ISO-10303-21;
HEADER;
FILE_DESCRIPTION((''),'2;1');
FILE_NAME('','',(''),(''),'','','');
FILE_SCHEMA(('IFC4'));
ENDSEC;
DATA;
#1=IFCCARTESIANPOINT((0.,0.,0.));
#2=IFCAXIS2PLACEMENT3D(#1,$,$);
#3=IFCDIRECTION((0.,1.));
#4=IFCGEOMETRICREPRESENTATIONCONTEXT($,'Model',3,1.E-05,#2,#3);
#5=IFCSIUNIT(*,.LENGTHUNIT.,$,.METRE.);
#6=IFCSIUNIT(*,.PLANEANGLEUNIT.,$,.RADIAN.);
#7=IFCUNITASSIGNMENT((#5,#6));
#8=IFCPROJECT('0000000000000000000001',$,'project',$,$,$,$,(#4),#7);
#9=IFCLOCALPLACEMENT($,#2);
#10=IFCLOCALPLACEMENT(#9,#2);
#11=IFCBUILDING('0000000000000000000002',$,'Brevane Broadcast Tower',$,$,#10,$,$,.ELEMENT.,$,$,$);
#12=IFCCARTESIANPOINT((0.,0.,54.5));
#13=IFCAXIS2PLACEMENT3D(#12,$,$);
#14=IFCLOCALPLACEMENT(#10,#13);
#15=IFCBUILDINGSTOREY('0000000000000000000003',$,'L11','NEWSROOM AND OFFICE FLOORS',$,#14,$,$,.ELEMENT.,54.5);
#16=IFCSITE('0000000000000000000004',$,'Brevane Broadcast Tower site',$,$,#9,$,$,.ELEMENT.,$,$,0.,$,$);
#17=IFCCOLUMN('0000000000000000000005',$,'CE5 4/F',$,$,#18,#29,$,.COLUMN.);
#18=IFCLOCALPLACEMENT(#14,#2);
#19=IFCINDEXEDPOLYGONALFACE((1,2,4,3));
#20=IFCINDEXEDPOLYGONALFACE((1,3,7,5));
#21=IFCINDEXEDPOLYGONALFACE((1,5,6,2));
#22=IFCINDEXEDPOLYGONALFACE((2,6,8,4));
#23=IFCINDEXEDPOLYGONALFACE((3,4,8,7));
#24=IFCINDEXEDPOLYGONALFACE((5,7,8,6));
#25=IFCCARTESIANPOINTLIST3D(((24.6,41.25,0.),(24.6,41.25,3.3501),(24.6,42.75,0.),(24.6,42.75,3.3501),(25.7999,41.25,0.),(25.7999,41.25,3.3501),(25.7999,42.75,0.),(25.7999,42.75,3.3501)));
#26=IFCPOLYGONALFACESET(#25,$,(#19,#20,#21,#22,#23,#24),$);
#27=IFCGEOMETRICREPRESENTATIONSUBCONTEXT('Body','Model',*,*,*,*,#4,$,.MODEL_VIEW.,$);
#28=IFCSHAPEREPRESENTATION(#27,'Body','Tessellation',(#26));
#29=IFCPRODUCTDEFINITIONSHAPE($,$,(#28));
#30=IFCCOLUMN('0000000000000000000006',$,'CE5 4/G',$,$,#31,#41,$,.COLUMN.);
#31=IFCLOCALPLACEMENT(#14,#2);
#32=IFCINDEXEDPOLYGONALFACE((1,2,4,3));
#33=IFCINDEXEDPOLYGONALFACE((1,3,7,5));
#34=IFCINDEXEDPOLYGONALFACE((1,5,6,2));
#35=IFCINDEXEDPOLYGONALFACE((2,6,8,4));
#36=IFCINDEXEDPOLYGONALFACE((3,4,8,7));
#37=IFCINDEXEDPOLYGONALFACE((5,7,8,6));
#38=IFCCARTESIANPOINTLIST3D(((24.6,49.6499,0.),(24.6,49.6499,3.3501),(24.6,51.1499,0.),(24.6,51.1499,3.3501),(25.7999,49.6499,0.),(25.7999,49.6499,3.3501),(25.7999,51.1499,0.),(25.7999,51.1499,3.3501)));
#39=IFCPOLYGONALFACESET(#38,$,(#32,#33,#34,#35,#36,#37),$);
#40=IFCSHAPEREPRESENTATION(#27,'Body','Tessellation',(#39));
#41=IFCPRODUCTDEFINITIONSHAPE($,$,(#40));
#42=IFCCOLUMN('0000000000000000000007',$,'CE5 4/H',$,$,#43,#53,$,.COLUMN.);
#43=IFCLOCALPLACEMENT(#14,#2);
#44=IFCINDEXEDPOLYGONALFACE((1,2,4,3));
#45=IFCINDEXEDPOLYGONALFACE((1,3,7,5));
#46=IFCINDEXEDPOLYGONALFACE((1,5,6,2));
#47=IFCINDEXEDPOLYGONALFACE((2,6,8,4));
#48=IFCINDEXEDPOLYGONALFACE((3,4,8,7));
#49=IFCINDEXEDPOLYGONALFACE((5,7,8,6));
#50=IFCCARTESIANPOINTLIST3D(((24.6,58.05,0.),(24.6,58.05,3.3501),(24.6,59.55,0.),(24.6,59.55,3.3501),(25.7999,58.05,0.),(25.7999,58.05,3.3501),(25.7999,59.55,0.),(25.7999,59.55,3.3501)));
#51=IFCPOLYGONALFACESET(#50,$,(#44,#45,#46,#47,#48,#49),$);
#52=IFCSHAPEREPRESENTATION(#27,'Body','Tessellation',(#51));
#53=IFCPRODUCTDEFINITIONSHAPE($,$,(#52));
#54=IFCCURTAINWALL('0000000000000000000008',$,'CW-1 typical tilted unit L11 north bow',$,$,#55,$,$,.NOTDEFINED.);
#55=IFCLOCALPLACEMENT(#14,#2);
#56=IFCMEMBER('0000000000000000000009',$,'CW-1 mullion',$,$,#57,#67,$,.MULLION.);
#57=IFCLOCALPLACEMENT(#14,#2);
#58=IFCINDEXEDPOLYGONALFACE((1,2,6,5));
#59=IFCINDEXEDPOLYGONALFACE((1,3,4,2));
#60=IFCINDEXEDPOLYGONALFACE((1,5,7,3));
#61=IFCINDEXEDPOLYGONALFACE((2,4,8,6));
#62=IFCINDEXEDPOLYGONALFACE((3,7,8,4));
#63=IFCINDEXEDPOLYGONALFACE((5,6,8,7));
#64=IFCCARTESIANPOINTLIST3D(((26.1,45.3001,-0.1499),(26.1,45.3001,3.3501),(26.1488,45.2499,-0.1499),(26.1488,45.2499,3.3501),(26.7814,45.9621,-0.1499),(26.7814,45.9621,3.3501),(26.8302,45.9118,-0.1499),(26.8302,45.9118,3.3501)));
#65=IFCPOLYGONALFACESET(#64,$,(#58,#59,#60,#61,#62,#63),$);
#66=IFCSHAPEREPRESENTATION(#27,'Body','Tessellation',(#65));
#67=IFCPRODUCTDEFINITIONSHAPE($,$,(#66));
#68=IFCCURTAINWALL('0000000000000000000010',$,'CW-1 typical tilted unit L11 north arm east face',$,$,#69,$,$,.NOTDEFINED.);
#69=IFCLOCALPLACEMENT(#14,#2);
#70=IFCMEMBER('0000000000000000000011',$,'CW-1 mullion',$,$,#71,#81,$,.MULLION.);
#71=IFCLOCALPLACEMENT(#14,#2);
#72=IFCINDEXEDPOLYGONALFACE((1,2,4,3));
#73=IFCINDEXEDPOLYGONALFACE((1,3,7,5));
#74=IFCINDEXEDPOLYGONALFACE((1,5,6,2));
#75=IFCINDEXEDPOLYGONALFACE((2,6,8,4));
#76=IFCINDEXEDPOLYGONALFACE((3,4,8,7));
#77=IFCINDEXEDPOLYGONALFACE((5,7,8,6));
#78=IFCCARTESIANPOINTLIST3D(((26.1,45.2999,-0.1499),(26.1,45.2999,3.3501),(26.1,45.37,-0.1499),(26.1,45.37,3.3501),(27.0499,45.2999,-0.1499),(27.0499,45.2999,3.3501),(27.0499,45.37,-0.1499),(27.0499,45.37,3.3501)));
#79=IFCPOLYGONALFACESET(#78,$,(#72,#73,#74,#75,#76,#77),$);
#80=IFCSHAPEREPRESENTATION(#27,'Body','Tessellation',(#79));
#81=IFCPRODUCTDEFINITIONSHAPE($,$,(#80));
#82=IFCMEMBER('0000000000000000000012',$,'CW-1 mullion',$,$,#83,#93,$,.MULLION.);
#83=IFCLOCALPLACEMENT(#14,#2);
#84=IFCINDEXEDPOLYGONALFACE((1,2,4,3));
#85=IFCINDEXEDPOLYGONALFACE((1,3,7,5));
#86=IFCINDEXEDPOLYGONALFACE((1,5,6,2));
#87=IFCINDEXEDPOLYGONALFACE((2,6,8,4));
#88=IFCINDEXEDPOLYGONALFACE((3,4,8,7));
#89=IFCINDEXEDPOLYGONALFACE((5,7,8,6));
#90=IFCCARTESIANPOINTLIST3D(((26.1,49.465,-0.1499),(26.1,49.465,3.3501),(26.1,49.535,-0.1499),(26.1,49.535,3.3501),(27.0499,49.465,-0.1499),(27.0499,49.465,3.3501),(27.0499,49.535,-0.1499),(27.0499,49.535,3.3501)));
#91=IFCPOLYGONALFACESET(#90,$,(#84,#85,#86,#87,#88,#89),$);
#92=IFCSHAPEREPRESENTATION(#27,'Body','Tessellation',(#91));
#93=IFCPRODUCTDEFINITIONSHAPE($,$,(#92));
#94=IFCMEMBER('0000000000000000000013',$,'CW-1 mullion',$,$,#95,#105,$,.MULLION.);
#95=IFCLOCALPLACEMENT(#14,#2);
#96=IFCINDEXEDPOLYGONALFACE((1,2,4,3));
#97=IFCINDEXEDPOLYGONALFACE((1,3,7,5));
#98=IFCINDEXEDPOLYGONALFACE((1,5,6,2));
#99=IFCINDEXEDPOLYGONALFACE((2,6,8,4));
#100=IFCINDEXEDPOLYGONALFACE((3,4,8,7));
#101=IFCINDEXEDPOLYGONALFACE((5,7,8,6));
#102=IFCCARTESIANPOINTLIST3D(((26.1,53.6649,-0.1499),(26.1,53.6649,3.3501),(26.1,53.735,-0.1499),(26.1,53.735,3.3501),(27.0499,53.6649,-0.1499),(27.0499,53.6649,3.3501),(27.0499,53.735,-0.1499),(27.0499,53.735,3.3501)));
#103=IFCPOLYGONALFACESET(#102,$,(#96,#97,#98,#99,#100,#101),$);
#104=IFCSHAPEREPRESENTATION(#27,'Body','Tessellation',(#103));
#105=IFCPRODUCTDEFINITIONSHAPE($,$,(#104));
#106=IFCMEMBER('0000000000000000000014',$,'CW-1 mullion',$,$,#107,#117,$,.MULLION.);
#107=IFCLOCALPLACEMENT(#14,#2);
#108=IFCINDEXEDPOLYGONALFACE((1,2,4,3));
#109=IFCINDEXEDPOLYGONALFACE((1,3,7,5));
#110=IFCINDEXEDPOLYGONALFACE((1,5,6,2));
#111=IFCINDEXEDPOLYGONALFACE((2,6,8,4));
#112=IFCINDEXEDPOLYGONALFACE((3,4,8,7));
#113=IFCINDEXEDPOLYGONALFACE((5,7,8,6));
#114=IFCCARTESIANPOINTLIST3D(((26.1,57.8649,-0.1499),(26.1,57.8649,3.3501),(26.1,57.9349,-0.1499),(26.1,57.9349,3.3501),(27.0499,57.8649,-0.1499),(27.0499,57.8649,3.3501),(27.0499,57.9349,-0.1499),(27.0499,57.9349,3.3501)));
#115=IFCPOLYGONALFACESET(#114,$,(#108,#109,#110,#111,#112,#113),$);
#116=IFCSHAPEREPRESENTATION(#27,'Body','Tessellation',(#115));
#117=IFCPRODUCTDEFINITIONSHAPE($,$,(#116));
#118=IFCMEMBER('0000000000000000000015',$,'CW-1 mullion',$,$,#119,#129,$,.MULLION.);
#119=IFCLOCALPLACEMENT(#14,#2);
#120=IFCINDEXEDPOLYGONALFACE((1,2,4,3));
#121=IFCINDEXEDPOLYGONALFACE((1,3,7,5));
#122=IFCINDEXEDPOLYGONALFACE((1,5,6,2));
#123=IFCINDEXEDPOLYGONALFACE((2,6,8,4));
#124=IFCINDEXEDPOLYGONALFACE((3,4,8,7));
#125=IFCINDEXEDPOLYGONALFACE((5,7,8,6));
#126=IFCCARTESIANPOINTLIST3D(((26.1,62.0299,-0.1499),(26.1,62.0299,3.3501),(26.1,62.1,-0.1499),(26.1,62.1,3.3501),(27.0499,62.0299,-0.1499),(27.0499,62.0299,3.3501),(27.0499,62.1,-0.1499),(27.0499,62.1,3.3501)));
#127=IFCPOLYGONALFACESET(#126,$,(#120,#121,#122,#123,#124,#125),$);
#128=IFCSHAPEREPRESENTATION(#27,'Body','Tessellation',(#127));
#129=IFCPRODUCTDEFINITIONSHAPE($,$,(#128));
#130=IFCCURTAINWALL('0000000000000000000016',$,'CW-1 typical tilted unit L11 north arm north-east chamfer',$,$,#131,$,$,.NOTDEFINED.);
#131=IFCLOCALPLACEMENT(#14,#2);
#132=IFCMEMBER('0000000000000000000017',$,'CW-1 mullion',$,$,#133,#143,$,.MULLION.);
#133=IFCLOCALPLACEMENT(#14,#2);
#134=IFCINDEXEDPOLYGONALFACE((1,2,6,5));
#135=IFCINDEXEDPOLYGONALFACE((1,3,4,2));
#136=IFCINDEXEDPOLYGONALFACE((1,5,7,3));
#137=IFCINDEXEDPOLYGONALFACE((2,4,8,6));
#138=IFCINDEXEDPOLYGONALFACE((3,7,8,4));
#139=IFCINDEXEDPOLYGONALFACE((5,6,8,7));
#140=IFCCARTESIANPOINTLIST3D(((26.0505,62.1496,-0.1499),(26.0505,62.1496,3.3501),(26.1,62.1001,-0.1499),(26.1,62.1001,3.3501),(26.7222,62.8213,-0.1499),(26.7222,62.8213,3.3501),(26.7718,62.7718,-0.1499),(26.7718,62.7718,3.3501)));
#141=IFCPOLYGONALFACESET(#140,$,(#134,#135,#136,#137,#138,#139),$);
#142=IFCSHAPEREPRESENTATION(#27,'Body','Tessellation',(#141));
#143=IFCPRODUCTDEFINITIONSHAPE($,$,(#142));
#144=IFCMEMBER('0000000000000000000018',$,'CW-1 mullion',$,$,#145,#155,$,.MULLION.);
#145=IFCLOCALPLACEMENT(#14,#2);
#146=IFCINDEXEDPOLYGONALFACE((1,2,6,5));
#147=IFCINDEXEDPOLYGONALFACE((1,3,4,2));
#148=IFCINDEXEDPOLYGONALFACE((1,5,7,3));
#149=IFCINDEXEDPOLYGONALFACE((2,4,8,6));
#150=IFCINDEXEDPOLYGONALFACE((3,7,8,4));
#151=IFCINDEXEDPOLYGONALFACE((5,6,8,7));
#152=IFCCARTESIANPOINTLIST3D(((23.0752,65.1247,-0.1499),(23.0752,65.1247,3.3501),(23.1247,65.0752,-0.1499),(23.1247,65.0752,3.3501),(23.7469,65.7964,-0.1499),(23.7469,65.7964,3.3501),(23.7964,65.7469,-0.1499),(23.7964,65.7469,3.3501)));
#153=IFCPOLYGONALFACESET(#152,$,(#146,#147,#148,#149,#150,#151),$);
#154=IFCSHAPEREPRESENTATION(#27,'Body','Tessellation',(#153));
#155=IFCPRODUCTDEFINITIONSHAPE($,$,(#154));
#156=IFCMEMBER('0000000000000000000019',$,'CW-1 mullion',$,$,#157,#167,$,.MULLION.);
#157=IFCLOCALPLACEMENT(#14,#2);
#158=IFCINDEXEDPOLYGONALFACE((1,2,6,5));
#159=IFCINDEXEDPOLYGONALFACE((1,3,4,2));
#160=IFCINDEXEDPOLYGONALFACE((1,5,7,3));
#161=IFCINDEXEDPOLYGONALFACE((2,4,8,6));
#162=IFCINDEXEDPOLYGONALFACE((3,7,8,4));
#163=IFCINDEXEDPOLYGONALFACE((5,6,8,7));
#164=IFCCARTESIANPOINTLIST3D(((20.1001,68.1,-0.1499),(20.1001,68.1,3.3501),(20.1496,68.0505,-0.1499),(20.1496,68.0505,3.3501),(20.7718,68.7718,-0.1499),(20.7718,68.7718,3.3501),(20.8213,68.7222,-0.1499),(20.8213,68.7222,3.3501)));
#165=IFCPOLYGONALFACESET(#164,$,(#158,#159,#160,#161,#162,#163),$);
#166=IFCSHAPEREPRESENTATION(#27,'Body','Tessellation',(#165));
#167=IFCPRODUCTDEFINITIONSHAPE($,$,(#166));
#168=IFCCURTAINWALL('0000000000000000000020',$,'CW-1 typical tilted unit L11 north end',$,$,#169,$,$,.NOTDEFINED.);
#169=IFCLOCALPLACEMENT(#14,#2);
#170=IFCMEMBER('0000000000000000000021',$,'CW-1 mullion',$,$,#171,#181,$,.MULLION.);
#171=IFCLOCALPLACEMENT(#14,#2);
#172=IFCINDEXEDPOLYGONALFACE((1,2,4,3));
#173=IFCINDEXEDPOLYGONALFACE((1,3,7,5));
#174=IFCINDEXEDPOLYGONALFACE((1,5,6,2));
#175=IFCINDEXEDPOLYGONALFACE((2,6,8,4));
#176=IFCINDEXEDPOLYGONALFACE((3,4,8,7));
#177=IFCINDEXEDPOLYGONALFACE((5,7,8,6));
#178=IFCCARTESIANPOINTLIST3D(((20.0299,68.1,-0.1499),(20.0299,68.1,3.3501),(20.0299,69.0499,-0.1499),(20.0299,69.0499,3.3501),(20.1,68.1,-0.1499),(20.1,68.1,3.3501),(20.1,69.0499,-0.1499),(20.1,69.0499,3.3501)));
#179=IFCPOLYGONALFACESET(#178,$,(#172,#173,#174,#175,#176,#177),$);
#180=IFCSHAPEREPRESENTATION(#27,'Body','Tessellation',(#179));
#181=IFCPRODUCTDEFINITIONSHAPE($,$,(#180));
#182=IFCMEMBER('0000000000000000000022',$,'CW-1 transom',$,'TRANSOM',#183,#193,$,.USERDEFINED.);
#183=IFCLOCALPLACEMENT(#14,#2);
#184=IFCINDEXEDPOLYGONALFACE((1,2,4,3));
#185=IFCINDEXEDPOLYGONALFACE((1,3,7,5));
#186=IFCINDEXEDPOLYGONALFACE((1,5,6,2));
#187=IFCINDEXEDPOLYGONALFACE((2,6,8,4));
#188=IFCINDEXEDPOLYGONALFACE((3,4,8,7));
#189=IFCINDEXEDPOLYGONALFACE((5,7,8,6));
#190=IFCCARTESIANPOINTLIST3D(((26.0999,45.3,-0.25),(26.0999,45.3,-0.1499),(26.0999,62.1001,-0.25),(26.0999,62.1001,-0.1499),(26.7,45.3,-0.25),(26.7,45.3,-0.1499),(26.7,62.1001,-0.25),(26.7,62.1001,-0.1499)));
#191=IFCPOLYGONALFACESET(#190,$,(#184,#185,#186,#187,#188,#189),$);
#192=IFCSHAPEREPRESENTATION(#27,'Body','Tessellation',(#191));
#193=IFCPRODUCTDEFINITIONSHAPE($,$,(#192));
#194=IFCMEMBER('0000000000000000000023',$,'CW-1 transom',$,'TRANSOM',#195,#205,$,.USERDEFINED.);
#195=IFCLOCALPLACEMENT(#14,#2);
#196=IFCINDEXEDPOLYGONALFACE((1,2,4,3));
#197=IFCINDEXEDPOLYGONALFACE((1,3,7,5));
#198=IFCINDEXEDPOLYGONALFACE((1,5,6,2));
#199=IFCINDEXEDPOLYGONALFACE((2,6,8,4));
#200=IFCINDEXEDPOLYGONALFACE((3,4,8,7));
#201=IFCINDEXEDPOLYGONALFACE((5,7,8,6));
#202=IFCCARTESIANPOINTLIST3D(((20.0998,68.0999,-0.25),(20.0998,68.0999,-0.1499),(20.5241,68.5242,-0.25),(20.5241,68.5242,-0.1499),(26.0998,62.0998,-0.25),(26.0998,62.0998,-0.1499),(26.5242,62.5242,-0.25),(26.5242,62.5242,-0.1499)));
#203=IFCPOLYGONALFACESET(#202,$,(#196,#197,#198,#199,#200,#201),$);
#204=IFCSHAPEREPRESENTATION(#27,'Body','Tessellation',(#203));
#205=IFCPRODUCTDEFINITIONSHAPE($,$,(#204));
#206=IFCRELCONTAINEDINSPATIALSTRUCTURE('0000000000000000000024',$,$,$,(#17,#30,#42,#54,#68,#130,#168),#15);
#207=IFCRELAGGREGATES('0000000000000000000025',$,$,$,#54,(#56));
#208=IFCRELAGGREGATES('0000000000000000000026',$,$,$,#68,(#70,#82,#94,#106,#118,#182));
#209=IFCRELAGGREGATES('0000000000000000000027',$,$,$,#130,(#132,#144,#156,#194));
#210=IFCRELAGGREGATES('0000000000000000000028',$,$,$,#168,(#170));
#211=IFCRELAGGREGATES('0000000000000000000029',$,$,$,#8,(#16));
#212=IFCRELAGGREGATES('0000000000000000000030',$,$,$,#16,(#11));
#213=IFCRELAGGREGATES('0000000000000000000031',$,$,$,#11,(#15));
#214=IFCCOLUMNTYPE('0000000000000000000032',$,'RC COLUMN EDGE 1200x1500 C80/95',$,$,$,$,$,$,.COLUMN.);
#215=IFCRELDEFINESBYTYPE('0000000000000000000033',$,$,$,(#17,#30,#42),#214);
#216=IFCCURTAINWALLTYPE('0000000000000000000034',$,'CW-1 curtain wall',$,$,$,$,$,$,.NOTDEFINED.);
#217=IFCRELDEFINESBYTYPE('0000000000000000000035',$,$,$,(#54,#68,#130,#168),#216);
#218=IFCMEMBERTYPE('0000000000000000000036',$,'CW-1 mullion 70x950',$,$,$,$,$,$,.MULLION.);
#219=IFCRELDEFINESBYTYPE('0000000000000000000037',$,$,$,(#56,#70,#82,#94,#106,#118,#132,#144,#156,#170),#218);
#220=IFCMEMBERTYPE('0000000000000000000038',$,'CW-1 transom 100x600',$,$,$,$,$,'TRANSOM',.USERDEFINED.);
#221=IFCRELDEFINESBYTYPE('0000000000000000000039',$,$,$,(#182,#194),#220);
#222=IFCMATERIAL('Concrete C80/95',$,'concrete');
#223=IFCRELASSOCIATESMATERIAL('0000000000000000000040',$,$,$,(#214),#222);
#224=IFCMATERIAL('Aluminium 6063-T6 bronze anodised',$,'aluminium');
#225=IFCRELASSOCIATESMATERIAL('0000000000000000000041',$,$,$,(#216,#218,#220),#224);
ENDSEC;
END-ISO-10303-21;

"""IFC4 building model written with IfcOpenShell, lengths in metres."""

from ifc_helpers import new_model, si_unit, direction, frame, origin, origin_2d, place, context, subcontext, project, spatial, rectangle, extrude, material, material_profile, profile_set, type_object, element, aggregate, save


model = new_model("IFC4")

# Units and contexts
model_context = context("Model", 3, precision=1e-05, world=origin(), true_north=direction((0.0, 1.0)))
body_context = subcontext(model_context, "Body", "Model", "MODEL_VIEW")
ifc_project = project(units=[si_unit("LENGTHUNIT", "METRE"), si_unit("PLANEANGLEUNIT", "RADIAN")], contexts=[model_context])

# Site, building, storey
site_placement = place(None, origin())
site = spatial("IfcSite", under=ifc_project, at=site_placement, Name="Brevane Broadcast Tower site", CompositionType="ELEMENT", RefElevation=0.0)
building_placement = place(site_placement, origin())
building = spatial("IfcBuilding", under=site, at=building_placement, Name="Brevane Broadcast Tower", CompositionType="ELEMENT")
storey_placement = place(building_placement, frame((0.0, 0.0, 54.5)))
storey = spatial("IfcBuildingStorey", under=building, at=storey_placement, Name="L11", Description="NEWSROOM AND OFFICE FLOORS", CompositionType="ELEMENT", Elevation=54.5)

# Columns
ifc_material_1 = material(Name="Concrete C80/95", Category="concrete")
ifc_material_profile_1 = material_profile(ifc_material_1, rectangle(XDim=1.2, YDim=1.5, at=origin_2d()), Name="RC 1200x1500")
ifc_profile_set_1 = profile_set([ifc_material_profile_1], Name="Concrete C80/95")
column_type = type_object("IfcColumnType", Name="RC COLUMN EDGE 1200x1500 C80/95", PredefinedType="COLUMN", material=ifc_profile_set_1)
for number, where, z_axis, x_axis, name in (
    (1, (25.2, 42.0, 0.0), (0.0, 0.0, 1.0), (1.0, 0.0, 0.0), "CE5 4/F"),
    (2, (25.2, 50.3999, 0.0), (0.0, 0.0, 1.0), (1.0, 0.0, 0.0), "CE5 4/G"),
    (3, (25.2, 58.8, 0.0), (0.0, 0.0, 1.0), (1.0, 0.0, 0.0), "CE5 4/H"),
):
    element("IfcColumn", number, at=place(storey_placement, frame(where, z_axis=z_axis, x_axis=x_axis)), inside=storey, type_object=column_type, Name=name, PredefinedType="COLUMN", context=body_context, shape_type="SweptSolid", body=[
        extrude(rectangle(XDim=1.2, YDim=1.5, at=origin_2d()), origin(), (0.0, 0.0, 1.0), 3.3501),
    ])

# Curtain wall, member
ifc_material_2 = material(Name="Aluminium 6063-T6 bronze anodised", Category="aluminium")
curtain_wall_type = type_object("IfcCurtainWallType", Name="CW-1 curtain wall", PredefinedType="NOTDEFINED", material=ifc_material_2)
curtain_wall_1_placement = place(storey_placement, origin())
curtain_wall_1 = element("IfcCurtainWall", 4, at=curtain_wall_1_placement, inside=storey, type_object=curtain_wall_type, Name="CW-1 typical tilted unit L11 north bow", PredefinedType="NOTDEFINED")
ifc_material_profile_2 = material_profile(ifc_material_2, rectangle(XDim=0.95, YDim=0.0701, at=origin_2d()), Name="RECT 70x950")
ifc_profile_set_2 = profile_set([ifc_material_profile_2], Name="Aluminium 6063-T6 bronze anodised")
member_type_1 = type_object("IfcMemberType", Name="CW-1 mullion 70x950", PredefinedType="MULLION", material=ifc_profile_set_2)
member_1_placement = place(storey_placement, frame((26.4651, 45.606, -0.1499), z_axis=(0.0, 0.0, 1.0), x_axis=(-0.717254, -0.696812, 0.0)))
member_1 = element("IfcMember", 5, at=member_1_placement, type_object=member_type_1, Name="CW-1 mullion", PredefinedType="MULLION", context=body_context, shape_type="SweptSolid", body=[
    extrude(rectangle(XDim=0.95, YDim=0.0701, at=origin_2d()), origin(), (0.0, 0.0, 1.0), 3.5),
])
aggregate(curtain_wall_1, [member_1])

# Curtain walls, members
curtain_wall_2_placement = place(storey_placement, origin())
curtain_wall_2 = element("IfcCurtainWall", 6, at=curtain_wall_2_placement, inside=storey, type_object=curtain_wall_type, Name="CW-1 typical tilted unit L11 north arm east face", PredefinedType="NOTDEFINED")
member_2_placement = place(storey_placement, frame((26.575, 45.335, -0.1499), z_axis=(0.0, 0.0, 1.0), x_axis=(-1.0, 0.0, 0.0)))
member_2 = element("IfcMember", 7, at=member_2_placement, type_object=member_type_1, Name="CW-1 mullion", PredefinedType="MULLION", context=body_context, shape_type="SweptSolid", body=[
    extrude(rectangle(XDim=0.95, YDim=0.0701, at=origin_2d()), origin(), (0.0, 0.0, 1.0), 3.5),
])
member_3_placement = place(storey_placement, frame((26.575, 49.5, -0.1499), z_axis=(0.0, 0.0, 1.0), x_axis=(-1.0, 0.0, 0.0)))
member_3 = element("IfcMember", 8, at=member_3_placement, type_object=member_type_1, Name="CW-1 mullion", PredefinedType="MULLION", context=body_context, shape_type="SweptSolid", body=[
    extrude(rectangle(XDim=0.95, YDim=0.0701, at=origin_2d()), origin(), (0.0, 0.0, 1.0), 3.5),
])
member_4_placement = place(storey_placement, frame((26.575, 53.7, -0.1499), z_axis=(0.0, 0.0, 1.0), x_axis=(-1.0, 0.0, 0.0)))
member_4 = element("IfcMember", 9, at=member_4_placement, type_object=member_type_1, Name="CW-1 mullion", PredefinedType="MULLION", context=body_context, shape_type="SweptSolid", body=[
    extrude(rectangle(XDim=0.95, YDim=0.0701, at=origin_2d()), origin(), (0.0, 0.0, 1.0), 3.5),
])
member_5_placement = place(storey_placement, frame((26.575, 57.8999, -0.1499), z_axis=(0.0, 0.0, 1.0), x_axis=(-1.0, 0.0, 0.0)))
member_5 = element("IfcMember", 10, at=member_5_placement, type_object=member_type_1, Name="CW-1 mullion", PredefinedType="MULLION", context=body_context, shape_type="SweptSolid", body=[
    extrude(rectangle(XDim=0.95, YDim=0.0701, at=origin_2d()), origin(), (0.0, 0.0, 1.0), 3.5),
])
member_6_placement = place(storey_placement, frame((26.575, 62.0649, -0.1499), z_axis=(0.0, 0.0, 1.0), x_axis=(-1.0, 0.0, 0.0)))
member_6 = element("IfcMember", 11, at=member_6_placement, type_object=member_type_1, Name="CW-1 mullion", PredefinedType="MULLION", context=body_context, shape_type="SweptSolid", body=[
    extrude(rectangle(XDim=0.95, YDim=0.0701, at=origin_2d()), origin(), (0.0, 0.0, 1.0), 3.5),
])
curtain_wall_3_placement = place(storey_placement, origin())
curtain_wall_3 = element("IfcCurtainWall", 12, at=curtain_wall_3_placement, inside=storey, type_object=curtain_wall_type, Name="CW-1 typical tilted unit L11 north arm north-east chamfer", PredefinedType="NOTDEFINED")
member_7_placement = place(storey_placement, frame((26.4111, 62.4607, -0.1499), z_axis=(0.0, 0.0, 1.0), x_axis=(-0.707107, -0.707107, 0.0)))
member_7 = element("IfcMember", 13, at=member_7_placement, type_object=member_type_1, Name="CW-1 mullion", PredefinedType="MULLION", context=body_context, shape_type="SweptSolid", body=[
    extrude(rectangle(XDim=0.95, YDim=0.0701, at=origin_2d()), origin(), (0.0, 0.0, 1.0), 3.5),
])
member_8_placement = place(storey_placement, frame((23.4358, 65.4358, -0.1499), z_axis=(0.0, 0.0, 1.0), x_axis=(-0.707107, -0.707107, 0.0)))
member_8 = element("IfcMember", 14, at=member_8_placement, type_object=member_type_1, Name="CW-1 mullion", PredefinedType="MULLION", context=body_context, shape_type="SweptSolid", body=[
    extrude(rectangle(XDim=0.95, YDim=0.0701, at=origin_2d()), origin(), (0.0, 0.0, 1.0), 3.5),
])
member_9_placement = place(storey_placement, frame((20.4607, 68.4111, -0.1499), z_axis=(0.0, 0.0, 1.0), x_axis=(-0.707107, -0.707107, 0.0)))
member_9 = element("IfcMember", 15, at=member_9_placement, type_object=member_type_1, Name="CW-1 mullion", PredefinedType="MULLION", context=body_context, shape_type="SweptSolid", body=[
    extrude(rectangle(XDim=0.95, YDim=0.0701, at=origin_2d()), origin(), (0.0, 0.0, 1.0), 3.5),
])

# Curtain wall, member
curtain_wall_4_placement = place(storey_placement, origin())
curtain_wall_4 = element("IfcCurtainWall", 16, at=curtain_wall_4_placement, inside=storey, type_object=curtain_wall_type, Name="CW-1 typical tilted unit L11 north end", PredefinedType="NOTDEFINED")
member_10_placement = place(storey_placement, frame((20.0649, 68.575, -0.1499), z_axis=(0.0, 0.0, 1.0), x_axis=(0.0, -1.0, 0.0)))
member_10 = element("IfcMember", 17, at=member_10_placement, type_object=member_type_1, Name="CW-1 mullion", PredefinedType="MULLION", context=body_context, shape_type="SweptSolid", body=[
    extrude(rectangle(XDim=0.95, YDim=0.0701, at=origin_2d()), origin(), (0.0, 0.0, 1.0), 3.5),
])

# Members
ifc_material_profile_3 = material_profile(ifc_material_2, rectangle(XDim=0.6001, YDim=0.1001, at=origin_2d()), Name="RECT 100x600")
ifc_profile_set_3 = profile_set([ifc_material_profile_3], Name="Aluminium 6063-T6 bronze anodised")
member_type_2 = type_object("IfcMemberType", Name="CW-1 transom 100x600", ElementType="TRANSOM", PredefinedType="USERDEFINED", material=ifc_profile_set_3)
member_11_placement = place(storey_placement, frame((26.3999, 45.3, -0.2), z_axis=(0.0, 1.0, 0.0), x_axis=(-1.0, 0.0, 0.0)))
member_11 = element("IfcMember", 18, at=member_11_placement, type_object=member_type_2, Name="CW-1 transom", ObjectType="TRANSOM", PredefinedType="USERDEFINED", context=body_context, shape_type="SweptSolid", body=[
    extrude(rectangle(XDim=0.6001, YDim=0.1001, at=origin_2d()), origin(), (0.0, 0.0, 1.0), 16.8),
])
aggregate(curtain_wall_2, [member_2, member_3, member_4, member_5, member_6, member_11])
member_12_placement = place(storey_placement, frame((26.312, 62.312, -0.2), z_axis=(-0.707107, 0.707107, 0.0), x_axis=(-0.707107, -0.707107, 0.0)))
member_12 = element("IfcMember", 19, at=member_12_placement, type_object=member_type_2, Name="CW-1 transom", ObjectType="TRANSOM", PredefinedType="USERDEFINED", context=body_context, shape_type="SweptSolid", body=[
    extrude(rectangle(XDim=0.6001, YDim=0.1001, at=origin_2d()), origin(), (0.0, 0.0, 1.0), 8.4854),
])
aggregate(curtain_wall_3, [member_7, member_8, member_9, member_12])
aggregate(curtain_wall_4, [member_10])

save(model, "model.ifc")
